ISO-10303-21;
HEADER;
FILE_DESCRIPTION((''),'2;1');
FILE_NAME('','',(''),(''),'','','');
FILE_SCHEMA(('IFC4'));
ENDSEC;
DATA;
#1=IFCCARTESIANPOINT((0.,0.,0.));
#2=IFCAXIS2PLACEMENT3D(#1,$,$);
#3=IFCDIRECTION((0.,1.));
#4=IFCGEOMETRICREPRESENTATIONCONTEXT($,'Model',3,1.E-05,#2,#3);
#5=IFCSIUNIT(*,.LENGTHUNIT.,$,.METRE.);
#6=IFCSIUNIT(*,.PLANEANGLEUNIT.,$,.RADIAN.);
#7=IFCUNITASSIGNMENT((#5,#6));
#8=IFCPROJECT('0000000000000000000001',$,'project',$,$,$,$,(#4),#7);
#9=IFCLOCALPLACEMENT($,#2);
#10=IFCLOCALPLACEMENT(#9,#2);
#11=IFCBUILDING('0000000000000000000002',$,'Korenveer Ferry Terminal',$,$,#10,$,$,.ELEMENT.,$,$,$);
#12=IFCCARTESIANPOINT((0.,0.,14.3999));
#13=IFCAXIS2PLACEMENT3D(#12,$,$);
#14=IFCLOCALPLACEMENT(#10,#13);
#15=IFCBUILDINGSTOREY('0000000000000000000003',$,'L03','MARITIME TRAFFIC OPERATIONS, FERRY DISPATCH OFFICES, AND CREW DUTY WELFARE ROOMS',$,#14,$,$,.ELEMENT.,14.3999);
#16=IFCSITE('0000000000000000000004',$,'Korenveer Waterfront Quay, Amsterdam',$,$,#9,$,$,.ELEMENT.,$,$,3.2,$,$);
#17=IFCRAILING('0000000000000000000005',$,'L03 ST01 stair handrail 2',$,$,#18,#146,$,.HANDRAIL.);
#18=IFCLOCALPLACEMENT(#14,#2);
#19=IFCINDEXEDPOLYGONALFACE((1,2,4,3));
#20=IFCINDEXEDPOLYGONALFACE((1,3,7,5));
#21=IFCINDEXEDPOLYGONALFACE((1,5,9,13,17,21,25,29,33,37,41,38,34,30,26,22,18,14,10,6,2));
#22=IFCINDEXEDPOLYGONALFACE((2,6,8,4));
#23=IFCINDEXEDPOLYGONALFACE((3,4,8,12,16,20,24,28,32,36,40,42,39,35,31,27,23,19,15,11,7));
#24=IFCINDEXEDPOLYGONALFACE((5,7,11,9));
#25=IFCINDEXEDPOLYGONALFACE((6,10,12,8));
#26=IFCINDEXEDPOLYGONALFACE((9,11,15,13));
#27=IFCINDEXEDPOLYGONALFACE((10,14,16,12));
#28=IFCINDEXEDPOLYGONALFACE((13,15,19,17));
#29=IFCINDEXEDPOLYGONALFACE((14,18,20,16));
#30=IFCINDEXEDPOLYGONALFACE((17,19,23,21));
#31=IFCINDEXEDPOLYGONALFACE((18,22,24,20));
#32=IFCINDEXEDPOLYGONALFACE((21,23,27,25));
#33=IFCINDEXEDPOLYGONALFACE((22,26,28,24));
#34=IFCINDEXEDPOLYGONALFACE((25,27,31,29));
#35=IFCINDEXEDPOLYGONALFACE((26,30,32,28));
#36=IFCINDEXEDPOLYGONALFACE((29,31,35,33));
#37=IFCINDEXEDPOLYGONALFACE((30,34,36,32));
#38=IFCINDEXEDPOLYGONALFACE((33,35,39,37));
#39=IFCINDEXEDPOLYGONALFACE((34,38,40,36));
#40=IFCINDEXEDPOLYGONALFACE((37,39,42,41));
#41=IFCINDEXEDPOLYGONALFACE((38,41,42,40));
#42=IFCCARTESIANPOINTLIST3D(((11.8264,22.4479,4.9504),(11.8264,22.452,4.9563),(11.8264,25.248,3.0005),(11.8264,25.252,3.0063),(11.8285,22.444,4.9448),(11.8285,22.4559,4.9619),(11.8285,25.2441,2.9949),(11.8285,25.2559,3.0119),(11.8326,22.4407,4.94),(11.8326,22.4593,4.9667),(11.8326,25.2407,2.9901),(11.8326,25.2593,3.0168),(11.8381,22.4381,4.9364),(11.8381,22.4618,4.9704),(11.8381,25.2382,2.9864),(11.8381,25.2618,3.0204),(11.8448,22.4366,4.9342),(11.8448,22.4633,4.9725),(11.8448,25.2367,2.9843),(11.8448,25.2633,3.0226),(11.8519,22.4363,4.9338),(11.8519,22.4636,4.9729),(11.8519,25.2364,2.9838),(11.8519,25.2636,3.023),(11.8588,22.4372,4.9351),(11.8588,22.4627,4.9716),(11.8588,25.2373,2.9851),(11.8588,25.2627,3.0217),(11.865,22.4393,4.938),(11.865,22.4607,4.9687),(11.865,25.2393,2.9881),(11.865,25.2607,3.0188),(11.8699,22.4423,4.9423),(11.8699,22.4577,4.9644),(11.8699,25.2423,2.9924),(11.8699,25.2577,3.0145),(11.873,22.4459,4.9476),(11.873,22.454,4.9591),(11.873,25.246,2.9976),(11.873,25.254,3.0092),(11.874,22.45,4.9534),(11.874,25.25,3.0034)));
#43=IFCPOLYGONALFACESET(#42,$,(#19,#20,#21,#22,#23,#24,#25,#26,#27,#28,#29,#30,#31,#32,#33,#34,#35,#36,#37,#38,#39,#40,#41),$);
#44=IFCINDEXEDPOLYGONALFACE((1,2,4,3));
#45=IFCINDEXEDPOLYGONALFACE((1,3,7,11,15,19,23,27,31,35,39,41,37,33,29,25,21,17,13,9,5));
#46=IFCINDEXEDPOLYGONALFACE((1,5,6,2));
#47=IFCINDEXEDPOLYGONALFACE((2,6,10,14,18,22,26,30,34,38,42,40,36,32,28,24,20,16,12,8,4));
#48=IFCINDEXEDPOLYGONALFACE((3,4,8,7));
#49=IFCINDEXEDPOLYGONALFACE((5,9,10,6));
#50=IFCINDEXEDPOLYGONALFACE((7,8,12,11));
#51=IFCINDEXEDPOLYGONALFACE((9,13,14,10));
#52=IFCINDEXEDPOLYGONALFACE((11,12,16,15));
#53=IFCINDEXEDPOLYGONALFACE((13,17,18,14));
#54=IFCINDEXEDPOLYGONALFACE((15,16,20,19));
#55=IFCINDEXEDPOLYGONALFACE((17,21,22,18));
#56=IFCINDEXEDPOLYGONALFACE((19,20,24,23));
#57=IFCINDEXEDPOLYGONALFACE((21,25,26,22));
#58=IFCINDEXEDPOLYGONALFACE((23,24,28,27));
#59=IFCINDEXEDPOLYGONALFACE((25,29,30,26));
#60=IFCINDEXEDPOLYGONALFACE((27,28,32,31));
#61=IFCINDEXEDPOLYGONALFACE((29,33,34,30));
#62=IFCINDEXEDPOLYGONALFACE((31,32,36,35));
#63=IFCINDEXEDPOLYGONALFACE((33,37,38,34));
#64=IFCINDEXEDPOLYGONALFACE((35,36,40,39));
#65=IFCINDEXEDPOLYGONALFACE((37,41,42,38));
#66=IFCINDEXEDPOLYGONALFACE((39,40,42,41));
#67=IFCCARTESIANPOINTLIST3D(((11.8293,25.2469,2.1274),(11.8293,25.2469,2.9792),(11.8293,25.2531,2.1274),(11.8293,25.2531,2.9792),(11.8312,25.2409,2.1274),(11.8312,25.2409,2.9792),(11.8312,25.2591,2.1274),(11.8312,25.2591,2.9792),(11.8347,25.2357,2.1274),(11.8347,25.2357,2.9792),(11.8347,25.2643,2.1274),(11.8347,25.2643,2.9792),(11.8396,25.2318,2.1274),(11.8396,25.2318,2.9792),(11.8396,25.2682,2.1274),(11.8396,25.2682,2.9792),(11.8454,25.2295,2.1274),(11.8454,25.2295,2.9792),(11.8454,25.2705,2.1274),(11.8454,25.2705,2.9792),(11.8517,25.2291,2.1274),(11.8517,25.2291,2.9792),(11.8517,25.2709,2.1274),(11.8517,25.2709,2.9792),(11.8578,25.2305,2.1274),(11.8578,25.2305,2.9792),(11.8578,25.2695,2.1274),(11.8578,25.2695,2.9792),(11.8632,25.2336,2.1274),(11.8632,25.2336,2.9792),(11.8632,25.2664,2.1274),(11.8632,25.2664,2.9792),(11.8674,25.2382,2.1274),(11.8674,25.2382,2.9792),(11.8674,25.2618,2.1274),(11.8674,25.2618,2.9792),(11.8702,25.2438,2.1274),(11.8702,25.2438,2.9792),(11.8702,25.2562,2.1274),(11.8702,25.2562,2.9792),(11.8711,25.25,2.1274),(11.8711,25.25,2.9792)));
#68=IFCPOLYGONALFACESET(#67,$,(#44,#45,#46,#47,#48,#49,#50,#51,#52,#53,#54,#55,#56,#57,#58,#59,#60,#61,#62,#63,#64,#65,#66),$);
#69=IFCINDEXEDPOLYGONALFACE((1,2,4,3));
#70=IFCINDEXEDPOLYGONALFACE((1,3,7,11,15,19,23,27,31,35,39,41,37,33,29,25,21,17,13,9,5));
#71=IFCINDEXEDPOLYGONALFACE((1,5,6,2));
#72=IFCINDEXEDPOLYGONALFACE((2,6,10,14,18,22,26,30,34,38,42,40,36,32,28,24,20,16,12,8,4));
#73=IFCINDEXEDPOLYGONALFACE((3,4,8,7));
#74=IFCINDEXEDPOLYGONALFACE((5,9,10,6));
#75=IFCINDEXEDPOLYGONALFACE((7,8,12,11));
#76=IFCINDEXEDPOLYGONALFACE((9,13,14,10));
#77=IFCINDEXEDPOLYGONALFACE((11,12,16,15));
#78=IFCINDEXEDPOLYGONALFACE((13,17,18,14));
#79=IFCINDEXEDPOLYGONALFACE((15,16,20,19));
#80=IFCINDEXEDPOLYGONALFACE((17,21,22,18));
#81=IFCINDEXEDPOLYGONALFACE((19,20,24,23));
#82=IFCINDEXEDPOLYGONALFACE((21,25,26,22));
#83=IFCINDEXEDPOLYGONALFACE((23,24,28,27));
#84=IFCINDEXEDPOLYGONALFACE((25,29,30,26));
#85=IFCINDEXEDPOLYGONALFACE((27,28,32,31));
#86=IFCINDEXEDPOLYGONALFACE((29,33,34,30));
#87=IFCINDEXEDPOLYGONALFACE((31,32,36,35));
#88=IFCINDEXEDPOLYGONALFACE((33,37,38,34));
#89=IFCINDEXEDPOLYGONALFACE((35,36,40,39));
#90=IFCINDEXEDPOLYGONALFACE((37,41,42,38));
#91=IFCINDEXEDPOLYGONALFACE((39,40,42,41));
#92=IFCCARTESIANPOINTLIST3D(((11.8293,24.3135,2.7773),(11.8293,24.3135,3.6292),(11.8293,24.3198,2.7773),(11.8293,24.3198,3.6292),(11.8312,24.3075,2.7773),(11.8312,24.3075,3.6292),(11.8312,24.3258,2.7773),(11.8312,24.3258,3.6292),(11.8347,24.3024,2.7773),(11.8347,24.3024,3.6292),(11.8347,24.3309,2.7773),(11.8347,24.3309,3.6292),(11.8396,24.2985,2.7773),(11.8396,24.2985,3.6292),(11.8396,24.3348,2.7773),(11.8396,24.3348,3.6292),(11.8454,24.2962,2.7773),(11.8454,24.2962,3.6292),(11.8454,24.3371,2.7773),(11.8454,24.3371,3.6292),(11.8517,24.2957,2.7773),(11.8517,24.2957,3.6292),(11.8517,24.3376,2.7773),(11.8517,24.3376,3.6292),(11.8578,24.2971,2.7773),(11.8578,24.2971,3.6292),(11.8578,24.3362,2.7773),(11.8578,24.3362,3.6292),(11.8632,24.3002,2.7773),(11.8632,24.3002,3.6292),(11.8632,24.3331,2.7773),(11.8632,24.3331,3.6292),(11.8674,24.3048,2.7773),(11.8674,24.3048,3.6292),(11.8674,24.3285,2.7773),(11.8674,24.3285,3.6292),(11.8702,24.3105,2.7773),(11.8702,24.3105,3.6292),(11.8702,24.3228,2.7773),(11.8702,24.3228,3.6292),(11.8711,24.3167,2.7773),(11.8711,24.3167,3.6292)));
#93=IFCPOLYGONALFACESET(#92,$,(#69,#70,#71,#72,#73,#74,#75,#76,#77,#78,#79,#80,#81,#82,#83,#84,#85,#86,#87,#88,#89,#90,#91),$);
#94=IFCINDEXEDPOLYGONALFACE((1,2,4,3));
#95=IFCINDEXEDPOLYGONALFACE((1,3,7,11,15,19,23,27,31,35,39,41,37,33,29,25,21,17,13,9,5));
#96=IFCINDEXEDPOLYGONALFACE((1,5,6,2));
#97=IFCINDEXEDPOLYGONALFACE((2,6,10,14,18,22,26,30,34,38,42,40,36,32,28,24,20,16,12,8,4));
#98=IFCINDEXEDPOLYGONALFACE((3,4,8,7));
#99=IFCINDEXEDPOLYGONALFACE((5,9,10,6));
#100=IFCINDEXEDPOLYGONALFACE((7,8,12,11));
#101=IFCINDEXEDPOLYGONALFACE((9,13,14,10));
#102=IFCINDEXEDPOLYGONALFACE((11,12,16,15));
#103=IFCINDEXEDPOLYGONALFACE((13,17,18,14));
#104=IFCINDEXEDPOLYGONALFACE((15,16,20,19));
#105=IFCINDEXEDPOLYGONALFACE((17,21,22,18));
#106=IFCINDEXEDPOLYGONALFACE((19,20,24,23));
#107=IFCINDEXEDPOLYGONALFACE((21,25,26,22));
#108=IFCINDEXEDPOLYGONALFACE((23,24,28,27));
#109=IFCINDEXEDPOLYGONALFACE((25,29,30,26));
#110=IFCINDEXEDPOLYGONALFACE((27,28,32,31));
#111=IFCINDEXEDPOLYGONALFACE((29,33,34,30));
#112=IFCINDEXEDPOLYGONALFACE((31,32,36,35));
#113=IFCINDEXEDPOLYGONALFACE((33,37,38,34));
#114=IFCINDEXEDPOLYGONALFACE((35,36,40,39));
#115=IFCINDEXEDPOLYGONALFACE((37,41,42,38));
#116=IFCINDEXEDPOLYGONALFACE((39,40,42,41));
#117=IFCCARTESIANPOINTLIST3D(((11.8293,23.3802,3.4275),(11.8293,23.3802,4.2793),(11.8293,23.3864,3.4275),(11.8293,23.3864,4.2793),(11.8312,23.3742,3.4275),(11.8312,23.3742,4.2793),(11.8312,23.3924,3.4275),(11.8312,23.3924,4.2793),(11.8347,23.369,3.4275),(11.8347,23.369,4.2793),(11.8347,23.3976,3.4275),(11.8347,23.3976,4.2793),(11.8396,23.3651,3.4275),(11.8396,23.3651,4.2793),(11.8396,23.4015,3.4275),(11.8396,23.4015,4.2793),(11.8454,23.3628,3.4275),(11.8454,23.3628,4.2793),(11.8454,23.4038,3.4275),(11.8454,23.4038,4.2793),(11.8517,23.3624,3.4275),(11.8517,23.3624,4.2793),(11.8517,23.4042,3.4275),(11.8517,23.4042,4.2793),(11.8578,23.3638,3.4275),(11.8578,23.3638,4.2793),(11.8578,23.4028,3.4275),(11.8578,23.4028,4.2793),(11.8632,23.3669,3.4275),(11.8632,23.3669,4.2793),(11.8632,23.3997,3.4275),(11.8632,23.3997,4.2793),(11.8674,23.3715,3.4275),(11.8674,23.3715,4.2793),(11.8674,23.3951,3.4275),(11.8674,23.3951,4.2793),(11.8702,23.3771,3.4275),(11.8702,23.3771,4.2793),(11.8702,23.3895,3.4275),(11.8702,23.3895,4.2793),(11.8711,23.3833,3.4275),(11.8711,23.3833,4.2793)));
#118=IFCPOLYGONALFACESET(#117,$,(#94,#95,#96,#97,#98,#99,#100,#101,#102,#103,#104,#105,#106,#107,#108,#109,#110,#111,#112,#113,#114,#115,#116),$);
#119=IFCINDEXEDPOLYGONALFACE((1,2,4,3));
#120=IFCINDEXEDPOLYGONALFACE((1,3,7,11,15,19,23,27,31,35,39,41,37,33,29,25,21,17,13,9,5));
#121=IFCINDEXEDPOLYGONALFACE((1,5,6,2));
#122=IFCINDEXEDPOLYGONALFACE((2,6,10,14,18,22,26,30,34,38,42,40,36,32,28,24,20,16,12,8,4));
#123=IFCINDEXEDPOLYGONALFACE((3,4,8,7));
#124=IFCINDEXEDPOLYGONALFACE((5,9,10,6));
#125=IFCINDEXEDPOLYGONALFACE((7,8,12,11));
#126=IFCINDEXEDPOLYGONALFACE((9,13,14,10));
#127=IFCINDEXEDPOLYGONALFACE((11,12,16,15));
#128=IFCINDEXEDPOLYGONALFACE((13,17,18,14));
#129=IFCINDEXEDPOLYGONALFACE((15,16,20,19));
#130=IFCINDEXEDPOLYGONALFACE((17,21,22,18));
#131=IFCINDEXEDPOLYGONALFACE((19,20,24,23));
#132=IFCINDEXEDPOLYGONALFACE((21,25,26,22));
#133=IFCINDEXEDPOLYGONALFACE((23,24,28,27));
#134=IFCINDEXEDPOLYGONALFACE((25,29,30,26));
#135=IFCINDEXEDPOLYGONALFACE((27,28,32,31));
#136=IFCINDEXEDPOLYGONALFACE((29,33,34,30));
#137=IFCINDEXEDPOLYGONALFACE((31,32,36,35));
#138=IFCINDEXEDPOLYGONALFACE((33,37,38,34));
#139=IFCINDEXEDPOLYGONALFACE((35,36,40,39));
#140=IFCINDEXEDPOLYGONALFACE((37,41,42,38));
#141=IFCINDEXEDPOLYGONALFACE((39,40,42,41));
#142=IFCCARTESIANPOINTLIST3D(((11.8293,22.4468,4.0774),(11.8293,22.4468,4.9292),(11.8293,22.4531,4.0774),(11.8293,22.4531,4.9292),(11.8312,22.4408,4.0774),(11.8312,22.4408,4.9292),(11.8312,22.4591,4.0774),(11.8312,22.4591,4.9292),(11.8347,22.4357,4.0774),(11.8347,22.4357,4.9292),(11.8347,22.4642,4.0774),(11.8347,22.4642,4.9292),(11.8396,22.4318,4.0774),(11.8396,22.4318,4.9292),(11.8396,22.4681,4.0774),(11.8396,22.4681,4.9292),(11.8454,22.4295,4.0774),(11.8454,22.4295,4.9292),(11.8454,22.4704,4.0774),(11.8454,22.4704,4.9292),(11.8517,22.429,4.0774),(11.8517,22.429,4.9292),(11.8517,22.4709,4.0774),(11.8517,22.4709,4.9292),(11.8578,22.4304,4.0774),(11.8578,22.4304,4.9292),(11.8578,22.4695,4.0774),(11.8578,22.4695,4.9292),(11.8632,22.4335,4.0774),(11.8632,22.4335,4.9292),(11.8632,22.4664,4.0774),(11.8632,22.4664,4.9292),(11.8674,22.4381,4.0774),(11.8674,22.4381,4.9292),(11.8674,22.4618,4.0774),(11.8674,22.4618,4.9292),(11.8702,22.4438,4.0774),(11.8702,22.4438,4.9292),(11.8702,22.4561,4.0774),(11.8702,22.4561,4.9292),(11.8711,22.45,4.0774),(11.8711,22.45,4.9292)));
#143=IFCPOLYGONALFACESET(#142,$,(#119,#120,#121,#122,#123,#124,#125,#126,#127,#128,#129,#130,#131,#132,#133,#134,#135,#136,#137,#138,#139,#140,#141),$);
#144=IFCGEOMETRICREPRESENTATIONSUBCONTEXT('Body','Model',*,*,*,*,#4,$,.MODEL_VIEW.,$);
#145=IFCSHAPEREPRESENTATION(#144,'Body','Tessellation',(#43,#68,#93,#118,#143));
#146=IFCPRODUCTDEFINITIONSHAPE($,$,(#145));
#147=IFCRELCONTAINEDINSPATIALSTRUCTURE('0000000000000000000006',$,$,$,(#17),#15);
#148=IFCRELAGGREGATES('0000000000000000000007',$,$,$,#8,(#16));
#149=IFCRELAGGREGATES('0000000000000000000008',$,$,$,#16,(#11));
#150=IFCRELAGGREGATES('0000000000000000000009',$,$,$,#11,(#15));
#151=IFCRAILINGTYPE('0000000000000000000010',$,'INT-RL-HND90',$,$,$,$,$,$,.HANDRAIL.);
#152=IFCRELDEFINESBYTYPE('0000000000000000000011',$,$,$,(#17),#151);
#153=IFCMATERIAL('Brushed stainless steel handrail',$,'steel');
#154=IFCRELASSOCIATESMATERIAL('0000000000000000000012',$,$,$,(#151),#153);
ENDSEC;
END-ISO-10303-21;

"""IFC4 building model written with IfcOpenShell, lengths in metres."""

from ifc_helpers import new_model, si_unit, direction, frame, origin, origin_2d, place, context, subcontext, project, spatial, circle, extrude, material, type_object, element, save


model = new_model("IFC4")

# Units and contexts
model_context = context("Model", 3, precision=1e-05, world=origin(), true_north=direction((0.0, 1.0)))
body_context = subcontext(model_context, "Body", "Model", "MODEL_VIEW")
ifc_project = project(units=[si_unit("LENGTHUNIT", "METRE"), si_unit("PLANEANGLEUNIT", "RADIAN")], contexts=[model_context])

# Site, building, storey
site_placement = place(None, origin())
site = spatial("IfcSite", under=ifc_project, at=site_placement, Name="Korenveer Waterfront Quay, Amsterdam", CompositionType="ELEMENT", RefElevation=3.2)
building_placement = place(site_placement, origin())
building = spatial("IfcBuilding", under=site, at=building_placement, Name="Korenveer Ferry Terminal", CompositionType="ELEMENT")
storey_placement = place(building_placement, frame((0.0, 0.0, 14.3999)))
storey = spatial("IfcBuildingStorey", under=building, at=storey_placement, Name="L03", Description="MARITIME TRAFFIC OPERATIONS, FERRY DISPATCH OFFICES, AND CREW DUTY WELFARE ROOMS", CompositionType="ELEMENT", Elevation=14.3999)

# Railing
ifc_material_1 = material(Name="Brushed stainless steel handrail", Category="steel")
railing_type = type_object("IfcRailingType", Name="INT-RL-HND90", PredefinedType="HANDRAIL", material=ifc_material_1)
railing_placement = place(storey_placement, frame((11.8501, 25.25, 2.1274)))
element("IfcRailing", 1, at=railing_placement, inside=storey, type_object=railing_type, Name="L03 ST01 stair handrail 2", PredefinedType="HANDRAIL", context=body_context, shape_type="SweptSolid", body=[
    extrude(circle(Radius=0.0239, at=origin_2d()), frame((0.0, 0.0, 0.876), z_axis=(0.0, -0.820618, 0.571477), x_axis=(1.0, 0.0, 0.0)), (0.0, 0.0, 1.0), 3.4121),
    extrude(circle(Radius=0.021, at=origin_2d()), origin(), (0.0, 0.0, 1.0), 0.8518),
    extrude(circle(Radius=0.021, at=origin_2d()), frame((0.0, -0.9333, 0.6499)), (0.0, 0.0, 1.0), 0.8518),
    extrude(circle(Radius=0.021, at=origin_2d()), frame((0.0, -1.8667, 1.3)), (0.0, 0.0, 1.0), 0.8518),
    extrude(circle(Radius=0.021, at=origin_2d()), frame((0.0, -2.8, 1.95)), (0.0, 0.0, 1.0), 0.8518),
])

save(model, "model.ifc")
